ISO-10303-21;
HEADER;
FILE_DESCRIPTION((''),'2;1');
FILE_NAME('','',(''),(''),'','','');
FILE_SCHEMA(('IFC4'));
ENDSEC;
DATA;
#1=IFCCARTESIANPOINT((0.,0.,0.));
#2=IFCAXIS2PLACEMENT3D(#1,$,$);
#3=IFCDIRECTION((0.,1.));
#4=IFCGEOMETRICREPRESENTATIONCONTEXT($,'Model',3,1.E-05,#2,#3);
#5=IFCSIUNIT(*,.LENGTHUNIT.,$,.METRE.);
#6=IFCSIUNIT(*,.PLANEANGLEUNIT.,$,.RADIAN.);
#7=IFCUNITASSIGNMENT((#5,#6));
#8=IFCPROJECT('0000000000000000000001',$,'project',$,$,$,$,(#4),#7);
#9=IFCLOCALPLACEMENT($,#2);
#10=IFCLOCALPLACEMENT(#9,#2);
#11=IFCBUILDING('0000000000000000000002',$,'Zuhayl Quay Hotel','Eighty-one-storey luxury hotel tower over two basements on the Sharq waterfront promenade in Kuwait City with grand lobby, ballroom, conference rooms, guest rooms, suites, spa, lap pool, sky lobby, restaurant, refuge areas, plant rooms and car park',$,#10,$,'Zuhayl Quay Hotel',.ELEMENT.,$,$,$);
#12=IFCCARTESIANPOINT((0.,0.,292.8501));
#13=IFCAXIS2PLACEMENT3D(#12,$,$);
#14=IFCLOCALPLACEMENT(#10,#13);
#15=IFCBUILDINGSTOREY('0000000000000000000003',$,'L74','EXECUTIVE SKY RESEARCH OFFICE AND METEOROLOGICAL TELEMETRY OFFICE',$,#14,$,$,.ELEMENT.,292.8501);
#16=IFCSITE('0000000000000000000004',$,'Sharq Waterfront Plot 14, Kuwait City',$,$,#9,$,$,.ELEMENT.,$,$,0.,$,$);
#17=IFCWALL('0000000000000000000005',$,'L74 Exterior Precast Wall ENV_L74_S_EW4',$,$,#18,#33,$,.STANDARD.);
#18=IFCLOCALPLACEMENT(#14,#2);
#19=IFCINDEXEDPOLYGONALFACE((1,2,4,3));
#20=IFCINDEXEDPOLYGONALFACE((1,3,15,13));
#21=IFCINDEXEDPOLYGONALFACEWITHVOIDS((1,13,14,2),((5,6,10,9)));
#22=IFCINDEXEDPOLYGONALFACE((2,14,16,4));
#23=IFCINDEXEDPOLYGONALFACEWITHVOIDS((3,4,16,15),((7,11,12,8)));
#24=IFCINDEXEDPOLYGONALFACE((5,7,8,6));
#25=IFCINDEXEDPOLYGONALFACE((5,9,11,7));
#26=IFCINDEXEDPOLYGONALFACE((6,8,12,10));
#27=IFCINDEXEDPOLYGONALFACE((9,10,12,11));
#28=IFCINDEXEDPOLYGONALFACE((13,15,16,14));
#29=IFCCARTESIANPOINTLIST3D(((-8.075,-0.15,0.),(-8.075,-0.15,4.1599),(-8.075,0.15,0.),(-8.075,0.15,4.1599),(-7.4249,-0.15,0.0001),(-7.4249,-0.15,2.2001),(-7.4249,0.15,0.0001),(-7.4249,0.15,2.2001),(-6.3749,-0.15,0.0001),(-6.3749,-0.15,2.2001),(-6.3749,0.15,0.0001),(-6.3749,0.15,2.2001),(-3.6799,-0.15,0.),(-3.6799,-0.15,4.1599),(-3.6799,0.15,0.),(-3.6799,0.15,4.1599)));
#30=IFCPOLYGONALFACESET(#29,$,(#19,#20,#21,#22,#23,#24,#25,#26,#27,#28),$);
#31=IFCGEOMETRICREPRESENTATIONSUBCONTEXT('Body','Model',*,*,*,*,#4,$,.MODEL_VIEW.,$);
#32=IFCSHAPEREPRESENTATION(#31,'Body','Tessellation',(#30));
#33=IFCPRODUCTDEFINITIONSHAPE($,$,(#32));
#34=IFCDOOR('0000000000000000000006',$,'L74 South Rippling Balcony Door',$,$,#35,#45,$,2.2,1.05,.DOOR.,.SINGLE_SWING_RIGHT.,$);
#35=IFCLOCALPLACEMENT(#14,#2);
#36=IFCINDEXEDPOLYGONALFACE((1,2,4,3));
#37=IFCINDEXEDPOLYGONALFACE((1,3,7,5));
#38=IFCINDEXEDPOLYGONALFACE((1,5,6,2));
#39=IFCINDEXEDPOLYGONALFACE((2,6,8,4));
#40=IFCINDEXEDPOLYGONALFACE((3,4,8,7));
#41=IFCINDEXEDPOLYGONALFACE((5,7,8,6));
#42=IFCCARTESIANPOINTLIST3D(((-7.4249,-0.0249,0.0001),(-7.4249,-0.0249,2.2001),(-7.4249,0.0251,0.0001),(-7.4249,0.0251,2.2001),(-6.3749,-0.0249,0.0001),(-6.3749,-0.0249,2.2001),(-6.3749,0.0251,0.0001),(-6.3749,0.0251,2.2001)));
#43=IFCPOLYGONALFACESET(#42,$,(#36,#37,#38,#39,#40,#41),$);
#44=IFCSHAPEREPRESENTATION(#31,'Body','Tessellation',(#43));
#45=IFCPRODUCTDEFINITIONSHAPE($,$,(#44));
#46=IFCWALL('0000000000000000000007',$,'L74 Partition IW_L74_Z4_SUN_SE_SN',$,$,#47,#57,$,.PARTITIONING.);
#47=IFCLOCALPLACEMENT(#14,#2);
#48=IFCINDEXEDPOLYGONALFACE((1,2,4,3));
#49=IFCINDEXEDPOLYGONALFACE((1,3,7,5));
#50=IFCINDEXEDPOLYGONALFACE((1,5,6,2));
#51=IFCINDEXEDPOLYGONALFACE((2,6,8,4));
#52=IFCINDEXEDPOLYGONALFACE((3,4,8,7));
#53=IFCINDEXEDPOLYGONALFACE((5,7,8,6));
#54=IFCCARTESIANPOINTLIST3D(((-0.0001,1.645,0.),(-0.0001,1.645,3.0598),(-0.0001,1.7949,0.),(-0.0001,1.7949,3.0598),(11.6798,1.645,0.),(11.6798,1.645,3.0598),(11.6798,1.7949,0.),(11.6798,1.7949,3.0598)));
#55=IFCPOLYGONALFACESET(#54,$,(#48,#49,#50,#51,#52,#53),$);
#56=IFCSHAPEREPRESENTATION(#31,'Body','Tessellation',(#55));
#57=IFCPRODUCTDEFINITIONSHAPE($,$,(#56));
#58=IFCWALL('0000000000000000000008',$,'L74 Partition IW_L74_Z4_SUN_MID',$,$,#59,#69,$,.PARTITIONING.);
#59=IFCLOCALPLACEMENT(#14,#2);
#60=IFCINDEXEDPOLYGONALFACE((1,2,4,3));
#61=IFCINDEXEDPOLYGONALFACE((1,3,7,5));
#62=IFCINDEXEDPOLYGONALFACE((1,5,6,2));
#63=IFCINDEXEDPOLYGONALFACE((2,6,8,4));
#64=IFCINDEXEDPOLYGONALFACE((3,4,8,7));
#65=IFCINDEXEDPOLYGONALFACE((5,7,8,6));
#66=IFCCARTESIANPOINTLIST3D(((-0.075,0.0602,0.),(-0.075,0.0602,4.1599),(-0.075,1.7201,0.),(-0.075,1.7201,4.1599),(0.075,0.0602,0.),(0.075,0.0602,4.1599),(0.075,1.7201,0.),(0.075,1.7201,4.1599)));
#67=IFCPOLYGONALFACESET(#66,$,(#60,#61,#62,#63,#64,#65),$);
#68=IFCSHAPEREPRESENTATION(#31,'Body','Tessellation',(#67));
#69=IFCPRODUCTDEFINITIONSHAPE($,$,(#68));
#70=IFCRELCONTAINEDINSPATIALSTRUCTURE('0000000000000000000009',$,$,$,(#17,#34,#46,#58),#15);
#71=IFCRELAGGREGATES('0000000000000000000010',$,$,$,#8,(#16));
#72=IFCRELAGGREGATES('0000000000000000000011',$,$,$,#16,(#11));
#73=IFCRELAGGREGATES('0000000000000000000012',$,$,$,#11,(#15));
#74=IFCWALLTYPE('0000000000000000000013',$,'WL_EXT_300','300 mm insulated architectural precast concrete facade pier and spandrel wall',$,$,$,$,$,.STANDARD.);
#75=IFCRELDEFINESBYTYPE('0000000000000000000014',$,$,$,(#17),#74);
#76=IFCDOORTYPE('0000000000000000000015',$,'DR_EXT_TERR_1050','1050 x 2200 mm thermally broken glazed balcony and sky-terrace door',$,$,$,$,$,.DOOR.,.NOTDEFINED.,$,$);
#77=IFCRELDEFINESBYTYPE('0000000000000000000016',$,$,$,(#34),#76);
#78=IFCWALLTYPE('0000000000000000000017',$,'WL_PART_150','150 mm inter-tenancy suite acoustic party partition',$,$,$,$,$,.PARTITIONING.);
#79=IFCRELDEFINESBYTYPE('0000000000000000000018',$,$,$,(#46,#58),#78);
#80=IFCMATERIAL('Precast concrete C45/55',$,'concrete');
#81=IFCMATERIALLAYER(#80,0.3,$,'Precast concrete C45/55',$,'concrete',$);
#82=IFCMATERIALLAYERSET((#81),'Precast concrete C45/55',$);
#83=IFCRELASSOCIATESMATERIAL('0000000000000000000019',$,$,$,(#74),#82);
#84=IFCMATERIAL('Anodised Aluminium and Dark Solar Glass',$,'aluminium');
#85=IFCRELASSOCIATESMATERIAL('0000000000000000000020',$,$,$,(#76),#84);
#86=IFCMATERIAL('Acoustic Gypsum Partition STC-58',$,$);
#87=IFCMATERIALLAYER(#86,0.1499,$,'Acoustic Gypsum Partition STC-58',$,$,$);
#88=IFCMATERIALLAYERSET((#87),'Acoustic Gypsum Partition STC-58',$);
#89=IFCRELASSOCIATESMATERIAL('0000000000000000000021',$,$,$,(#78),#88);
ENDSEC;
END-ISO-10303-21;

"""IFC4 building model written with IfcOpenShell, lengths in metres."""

from ifc_helpers import new_model, si_unit, direction, frame, frame_2d, origin, place, context, subcontext, project, spatial, rectangle, extrude, material, layer, layer_set, type_object, element, fill, save


model = new_model("IFC4")

# Units and contexts
model_context = context("Model", 3, precision=1e-05, world=origin(), true_north=direction((0.0, 1.0)))
body_context = subcontext(model_context, "Body", "Model", "MODEL_VIEW")
ifc_project = project(units=[si_unit("LENGTHUNIT", "METRE"), si_unit("PLANEANGLEUNIT", "RADIAN")], contexts=[model_context])

# Site, building, storey
site_placement = place(None, origin())
site = spatial("IfcSite", under=ifc_project, at=site_placement, Name="Sharq Waterfront Plot 14, Kuwait City", CompositionType="ELEMENT", RefElevation=0.0)
building_placement = place(site_placement, origin())
building = spatial("IfcBuilding", under=site, at=building_placement, Name="Zuhayl Quay Hotel", Description="Eighty-one-storey luxury hotel tower over two basements on the Sharq waterfront promenade in Kuwait City with grand lobby, ballroom, conference rooms, guest rooms, suites, spa, lap pool, sky lobby, restaurant, refuge areas, plant rooms and car park", LongName="Zuhayl Quay Hotel", CompositionType="ELEMENT")
storey_placement = place(building_placement, frame((0.0, 0.0, 292.8501)))
storey = spatial("IfcBuildingStorey", under=building, at=storey_placement, Name="L74", Description="EXECUTIVE SKY RESEARCH OFFICE AND METEOROLOGICAL TELEMETRY OFFICE", CompositionType="ELEMENT", Elevation=292.8501)

# Wall, opening, door
ifc_material_1 = material(Name="Precast concrete C45/55", Category="concrete")
ifc_layer_1 = layer(ifc_material_1, 0.3, Name="Precast concrete C45/55", Category="concrete")
ifc_layer_set_1 = layer_set([ifc_layer_1], Name="Precast concrete C45/55")
wall_type_1 = type_object("IfcWallType", Name="WL_EXT_300", Description="300 mm insulated architectural precast concrete facade pier and spandrel wall", PredefinedType="STANDARD", material=ifc_layer_set_1)
wall_1_placement = place(storey_placement, frame((-3.6799, 0.0, 0.0), z_axis=(0.0, 0.0, 1.0), x_axis=(-1.0, 0.0, 0.0)))
wall_1 = element("IfcWall", 1, at=wall_1_placement, inside=storey, type_object=wall_type_1, Name="L74 Exterior Precast Wall ENV_L74_S_EW4", PredefinedType="STANDARD", context=body_context, shape_type="SweptSolid", body=[
    extrude(rectangle(XDim=4.395, YDim=0.3, at=frame_2d((2.1975, 0.0))), origin(), (0.0, 0.0, 1.0), 4.1599),
])
opening_placement = place(wall_1_placement, frame((2.6951, 0.0, 0.0)))
opening = element("IfcOpeningElement", 2, at=opening_placement, cuts=wall_1, PredefinedType="OPENING", context=body_context, shape_type="SweptSolid", body=[
    extrude(rectangle(XDim=1.05, YDim=2.2, at=frame_2d((0.5249, 1.1001))), frame((0.0, 0.1599, 0.0), z_axis=(0.0, -1.0, 0.0), x_axis=(1.0, 0.0, 0.0)), (0.0, 0.0, 1.0), 0.3201),
])
ifc_material_2 = material(Name="Anodised Aluminium and Dark Solar Glass", Category="aluminium")
door_type = type_object("IfcDoorType", Name="DR_EXT_TERR_1050", Description="1050 x 2200 mm thermally broken glazed balcony and sky-terrace door", OperationType="NOTDEFINED", PredefinedType="DOOR", material=ifc_material_2)
door_placement = place(opening_placement, origin())
door = element("IfcDoor", 3, at=door_placement, inside=storey, type_object=door_type, Name="L74 South Rippling Balcony Door", OperationType="SINGLE_SWING_RIGHT", OverallHeight=2.2, OverallWidth=1.05, PredefinedType="DOOR", context=body_context, shape_type="SweptSolid", body=[
    extrude(rectangle(XDim=1.05, YDim=2.2, at=frame_2d((0.5249, 1.1001))), frame((0.0, 0.0249, 0.0), z_axis=(0.0, -1.0, 0.0), x_axis=(1.0, 0.0, 0.0)), (0.0, 0.0, 1.0), 0.05),
])
fill(opening, door)

# Walls
ifc_material_3 = material(Name="Acoustic Gypsum Partition STC-58")
ifc_layer_2 = layer(ifc_material_3, 0.1499, Name="Acoustic Gypsum Partition STC-58")
ifc_layer_set_2 = layer_set([ifc_layer_2], Name="Acoustic Gypsum Partition STC-58")
wall_type_2 = type_object("IfcWallType", Name="WL_PART_150", Description="150 mm inter-tenancy suite acoustic party partition", PredefinedType="PARTITIONING", material=ifc_layer_set_2)
wall_2_placement = place(storey_placement, frame((0.0, 1.72, 0.0), z_axis=(0.0, 0.0, 1.0), x_axis=(1.0, 0.0, 0.0)))
element("IfcWall", 4, at=wall_2_placement, inside=storey, type_object=wall_type_2, Name="L74 Partition IW_L74_Z4_SUN_SE_SN", PredefinedType="PARTITIONING", context=body_context, shape_type="SweptSolid", body=[
    extrude(rectangle(XDim=11.6799, YDim=0.1499, at=frame_2d((5.8398, 0.0))), origin(), (0.0, 0.0, 1.0), 3.0598),
])
wall_3_placement = place(storey_placement, frame((0.0, 0.0601, 0.0), z_axis=(0.0, 0.0, 1.0), x_axis=(0.0, 1.0, 0.0)))
element("IfcWall", 5, at=wall_3_placement, inside=storey, type_object=wall_type_2, Name="L74 Partition IW_L74_Z4_SUN_MID", PredefinedType="PARTITIONING", context=body_context, shape_type="SweptSolid", body=[
    extrude(rectangle(XDim=1.6599, YDim=0.1499, at=frame_2d((0.8301, 0.0))), origin(), (0.0, 0.0, 1.0), 4.1599),
])

save(model, "model.ifc")
